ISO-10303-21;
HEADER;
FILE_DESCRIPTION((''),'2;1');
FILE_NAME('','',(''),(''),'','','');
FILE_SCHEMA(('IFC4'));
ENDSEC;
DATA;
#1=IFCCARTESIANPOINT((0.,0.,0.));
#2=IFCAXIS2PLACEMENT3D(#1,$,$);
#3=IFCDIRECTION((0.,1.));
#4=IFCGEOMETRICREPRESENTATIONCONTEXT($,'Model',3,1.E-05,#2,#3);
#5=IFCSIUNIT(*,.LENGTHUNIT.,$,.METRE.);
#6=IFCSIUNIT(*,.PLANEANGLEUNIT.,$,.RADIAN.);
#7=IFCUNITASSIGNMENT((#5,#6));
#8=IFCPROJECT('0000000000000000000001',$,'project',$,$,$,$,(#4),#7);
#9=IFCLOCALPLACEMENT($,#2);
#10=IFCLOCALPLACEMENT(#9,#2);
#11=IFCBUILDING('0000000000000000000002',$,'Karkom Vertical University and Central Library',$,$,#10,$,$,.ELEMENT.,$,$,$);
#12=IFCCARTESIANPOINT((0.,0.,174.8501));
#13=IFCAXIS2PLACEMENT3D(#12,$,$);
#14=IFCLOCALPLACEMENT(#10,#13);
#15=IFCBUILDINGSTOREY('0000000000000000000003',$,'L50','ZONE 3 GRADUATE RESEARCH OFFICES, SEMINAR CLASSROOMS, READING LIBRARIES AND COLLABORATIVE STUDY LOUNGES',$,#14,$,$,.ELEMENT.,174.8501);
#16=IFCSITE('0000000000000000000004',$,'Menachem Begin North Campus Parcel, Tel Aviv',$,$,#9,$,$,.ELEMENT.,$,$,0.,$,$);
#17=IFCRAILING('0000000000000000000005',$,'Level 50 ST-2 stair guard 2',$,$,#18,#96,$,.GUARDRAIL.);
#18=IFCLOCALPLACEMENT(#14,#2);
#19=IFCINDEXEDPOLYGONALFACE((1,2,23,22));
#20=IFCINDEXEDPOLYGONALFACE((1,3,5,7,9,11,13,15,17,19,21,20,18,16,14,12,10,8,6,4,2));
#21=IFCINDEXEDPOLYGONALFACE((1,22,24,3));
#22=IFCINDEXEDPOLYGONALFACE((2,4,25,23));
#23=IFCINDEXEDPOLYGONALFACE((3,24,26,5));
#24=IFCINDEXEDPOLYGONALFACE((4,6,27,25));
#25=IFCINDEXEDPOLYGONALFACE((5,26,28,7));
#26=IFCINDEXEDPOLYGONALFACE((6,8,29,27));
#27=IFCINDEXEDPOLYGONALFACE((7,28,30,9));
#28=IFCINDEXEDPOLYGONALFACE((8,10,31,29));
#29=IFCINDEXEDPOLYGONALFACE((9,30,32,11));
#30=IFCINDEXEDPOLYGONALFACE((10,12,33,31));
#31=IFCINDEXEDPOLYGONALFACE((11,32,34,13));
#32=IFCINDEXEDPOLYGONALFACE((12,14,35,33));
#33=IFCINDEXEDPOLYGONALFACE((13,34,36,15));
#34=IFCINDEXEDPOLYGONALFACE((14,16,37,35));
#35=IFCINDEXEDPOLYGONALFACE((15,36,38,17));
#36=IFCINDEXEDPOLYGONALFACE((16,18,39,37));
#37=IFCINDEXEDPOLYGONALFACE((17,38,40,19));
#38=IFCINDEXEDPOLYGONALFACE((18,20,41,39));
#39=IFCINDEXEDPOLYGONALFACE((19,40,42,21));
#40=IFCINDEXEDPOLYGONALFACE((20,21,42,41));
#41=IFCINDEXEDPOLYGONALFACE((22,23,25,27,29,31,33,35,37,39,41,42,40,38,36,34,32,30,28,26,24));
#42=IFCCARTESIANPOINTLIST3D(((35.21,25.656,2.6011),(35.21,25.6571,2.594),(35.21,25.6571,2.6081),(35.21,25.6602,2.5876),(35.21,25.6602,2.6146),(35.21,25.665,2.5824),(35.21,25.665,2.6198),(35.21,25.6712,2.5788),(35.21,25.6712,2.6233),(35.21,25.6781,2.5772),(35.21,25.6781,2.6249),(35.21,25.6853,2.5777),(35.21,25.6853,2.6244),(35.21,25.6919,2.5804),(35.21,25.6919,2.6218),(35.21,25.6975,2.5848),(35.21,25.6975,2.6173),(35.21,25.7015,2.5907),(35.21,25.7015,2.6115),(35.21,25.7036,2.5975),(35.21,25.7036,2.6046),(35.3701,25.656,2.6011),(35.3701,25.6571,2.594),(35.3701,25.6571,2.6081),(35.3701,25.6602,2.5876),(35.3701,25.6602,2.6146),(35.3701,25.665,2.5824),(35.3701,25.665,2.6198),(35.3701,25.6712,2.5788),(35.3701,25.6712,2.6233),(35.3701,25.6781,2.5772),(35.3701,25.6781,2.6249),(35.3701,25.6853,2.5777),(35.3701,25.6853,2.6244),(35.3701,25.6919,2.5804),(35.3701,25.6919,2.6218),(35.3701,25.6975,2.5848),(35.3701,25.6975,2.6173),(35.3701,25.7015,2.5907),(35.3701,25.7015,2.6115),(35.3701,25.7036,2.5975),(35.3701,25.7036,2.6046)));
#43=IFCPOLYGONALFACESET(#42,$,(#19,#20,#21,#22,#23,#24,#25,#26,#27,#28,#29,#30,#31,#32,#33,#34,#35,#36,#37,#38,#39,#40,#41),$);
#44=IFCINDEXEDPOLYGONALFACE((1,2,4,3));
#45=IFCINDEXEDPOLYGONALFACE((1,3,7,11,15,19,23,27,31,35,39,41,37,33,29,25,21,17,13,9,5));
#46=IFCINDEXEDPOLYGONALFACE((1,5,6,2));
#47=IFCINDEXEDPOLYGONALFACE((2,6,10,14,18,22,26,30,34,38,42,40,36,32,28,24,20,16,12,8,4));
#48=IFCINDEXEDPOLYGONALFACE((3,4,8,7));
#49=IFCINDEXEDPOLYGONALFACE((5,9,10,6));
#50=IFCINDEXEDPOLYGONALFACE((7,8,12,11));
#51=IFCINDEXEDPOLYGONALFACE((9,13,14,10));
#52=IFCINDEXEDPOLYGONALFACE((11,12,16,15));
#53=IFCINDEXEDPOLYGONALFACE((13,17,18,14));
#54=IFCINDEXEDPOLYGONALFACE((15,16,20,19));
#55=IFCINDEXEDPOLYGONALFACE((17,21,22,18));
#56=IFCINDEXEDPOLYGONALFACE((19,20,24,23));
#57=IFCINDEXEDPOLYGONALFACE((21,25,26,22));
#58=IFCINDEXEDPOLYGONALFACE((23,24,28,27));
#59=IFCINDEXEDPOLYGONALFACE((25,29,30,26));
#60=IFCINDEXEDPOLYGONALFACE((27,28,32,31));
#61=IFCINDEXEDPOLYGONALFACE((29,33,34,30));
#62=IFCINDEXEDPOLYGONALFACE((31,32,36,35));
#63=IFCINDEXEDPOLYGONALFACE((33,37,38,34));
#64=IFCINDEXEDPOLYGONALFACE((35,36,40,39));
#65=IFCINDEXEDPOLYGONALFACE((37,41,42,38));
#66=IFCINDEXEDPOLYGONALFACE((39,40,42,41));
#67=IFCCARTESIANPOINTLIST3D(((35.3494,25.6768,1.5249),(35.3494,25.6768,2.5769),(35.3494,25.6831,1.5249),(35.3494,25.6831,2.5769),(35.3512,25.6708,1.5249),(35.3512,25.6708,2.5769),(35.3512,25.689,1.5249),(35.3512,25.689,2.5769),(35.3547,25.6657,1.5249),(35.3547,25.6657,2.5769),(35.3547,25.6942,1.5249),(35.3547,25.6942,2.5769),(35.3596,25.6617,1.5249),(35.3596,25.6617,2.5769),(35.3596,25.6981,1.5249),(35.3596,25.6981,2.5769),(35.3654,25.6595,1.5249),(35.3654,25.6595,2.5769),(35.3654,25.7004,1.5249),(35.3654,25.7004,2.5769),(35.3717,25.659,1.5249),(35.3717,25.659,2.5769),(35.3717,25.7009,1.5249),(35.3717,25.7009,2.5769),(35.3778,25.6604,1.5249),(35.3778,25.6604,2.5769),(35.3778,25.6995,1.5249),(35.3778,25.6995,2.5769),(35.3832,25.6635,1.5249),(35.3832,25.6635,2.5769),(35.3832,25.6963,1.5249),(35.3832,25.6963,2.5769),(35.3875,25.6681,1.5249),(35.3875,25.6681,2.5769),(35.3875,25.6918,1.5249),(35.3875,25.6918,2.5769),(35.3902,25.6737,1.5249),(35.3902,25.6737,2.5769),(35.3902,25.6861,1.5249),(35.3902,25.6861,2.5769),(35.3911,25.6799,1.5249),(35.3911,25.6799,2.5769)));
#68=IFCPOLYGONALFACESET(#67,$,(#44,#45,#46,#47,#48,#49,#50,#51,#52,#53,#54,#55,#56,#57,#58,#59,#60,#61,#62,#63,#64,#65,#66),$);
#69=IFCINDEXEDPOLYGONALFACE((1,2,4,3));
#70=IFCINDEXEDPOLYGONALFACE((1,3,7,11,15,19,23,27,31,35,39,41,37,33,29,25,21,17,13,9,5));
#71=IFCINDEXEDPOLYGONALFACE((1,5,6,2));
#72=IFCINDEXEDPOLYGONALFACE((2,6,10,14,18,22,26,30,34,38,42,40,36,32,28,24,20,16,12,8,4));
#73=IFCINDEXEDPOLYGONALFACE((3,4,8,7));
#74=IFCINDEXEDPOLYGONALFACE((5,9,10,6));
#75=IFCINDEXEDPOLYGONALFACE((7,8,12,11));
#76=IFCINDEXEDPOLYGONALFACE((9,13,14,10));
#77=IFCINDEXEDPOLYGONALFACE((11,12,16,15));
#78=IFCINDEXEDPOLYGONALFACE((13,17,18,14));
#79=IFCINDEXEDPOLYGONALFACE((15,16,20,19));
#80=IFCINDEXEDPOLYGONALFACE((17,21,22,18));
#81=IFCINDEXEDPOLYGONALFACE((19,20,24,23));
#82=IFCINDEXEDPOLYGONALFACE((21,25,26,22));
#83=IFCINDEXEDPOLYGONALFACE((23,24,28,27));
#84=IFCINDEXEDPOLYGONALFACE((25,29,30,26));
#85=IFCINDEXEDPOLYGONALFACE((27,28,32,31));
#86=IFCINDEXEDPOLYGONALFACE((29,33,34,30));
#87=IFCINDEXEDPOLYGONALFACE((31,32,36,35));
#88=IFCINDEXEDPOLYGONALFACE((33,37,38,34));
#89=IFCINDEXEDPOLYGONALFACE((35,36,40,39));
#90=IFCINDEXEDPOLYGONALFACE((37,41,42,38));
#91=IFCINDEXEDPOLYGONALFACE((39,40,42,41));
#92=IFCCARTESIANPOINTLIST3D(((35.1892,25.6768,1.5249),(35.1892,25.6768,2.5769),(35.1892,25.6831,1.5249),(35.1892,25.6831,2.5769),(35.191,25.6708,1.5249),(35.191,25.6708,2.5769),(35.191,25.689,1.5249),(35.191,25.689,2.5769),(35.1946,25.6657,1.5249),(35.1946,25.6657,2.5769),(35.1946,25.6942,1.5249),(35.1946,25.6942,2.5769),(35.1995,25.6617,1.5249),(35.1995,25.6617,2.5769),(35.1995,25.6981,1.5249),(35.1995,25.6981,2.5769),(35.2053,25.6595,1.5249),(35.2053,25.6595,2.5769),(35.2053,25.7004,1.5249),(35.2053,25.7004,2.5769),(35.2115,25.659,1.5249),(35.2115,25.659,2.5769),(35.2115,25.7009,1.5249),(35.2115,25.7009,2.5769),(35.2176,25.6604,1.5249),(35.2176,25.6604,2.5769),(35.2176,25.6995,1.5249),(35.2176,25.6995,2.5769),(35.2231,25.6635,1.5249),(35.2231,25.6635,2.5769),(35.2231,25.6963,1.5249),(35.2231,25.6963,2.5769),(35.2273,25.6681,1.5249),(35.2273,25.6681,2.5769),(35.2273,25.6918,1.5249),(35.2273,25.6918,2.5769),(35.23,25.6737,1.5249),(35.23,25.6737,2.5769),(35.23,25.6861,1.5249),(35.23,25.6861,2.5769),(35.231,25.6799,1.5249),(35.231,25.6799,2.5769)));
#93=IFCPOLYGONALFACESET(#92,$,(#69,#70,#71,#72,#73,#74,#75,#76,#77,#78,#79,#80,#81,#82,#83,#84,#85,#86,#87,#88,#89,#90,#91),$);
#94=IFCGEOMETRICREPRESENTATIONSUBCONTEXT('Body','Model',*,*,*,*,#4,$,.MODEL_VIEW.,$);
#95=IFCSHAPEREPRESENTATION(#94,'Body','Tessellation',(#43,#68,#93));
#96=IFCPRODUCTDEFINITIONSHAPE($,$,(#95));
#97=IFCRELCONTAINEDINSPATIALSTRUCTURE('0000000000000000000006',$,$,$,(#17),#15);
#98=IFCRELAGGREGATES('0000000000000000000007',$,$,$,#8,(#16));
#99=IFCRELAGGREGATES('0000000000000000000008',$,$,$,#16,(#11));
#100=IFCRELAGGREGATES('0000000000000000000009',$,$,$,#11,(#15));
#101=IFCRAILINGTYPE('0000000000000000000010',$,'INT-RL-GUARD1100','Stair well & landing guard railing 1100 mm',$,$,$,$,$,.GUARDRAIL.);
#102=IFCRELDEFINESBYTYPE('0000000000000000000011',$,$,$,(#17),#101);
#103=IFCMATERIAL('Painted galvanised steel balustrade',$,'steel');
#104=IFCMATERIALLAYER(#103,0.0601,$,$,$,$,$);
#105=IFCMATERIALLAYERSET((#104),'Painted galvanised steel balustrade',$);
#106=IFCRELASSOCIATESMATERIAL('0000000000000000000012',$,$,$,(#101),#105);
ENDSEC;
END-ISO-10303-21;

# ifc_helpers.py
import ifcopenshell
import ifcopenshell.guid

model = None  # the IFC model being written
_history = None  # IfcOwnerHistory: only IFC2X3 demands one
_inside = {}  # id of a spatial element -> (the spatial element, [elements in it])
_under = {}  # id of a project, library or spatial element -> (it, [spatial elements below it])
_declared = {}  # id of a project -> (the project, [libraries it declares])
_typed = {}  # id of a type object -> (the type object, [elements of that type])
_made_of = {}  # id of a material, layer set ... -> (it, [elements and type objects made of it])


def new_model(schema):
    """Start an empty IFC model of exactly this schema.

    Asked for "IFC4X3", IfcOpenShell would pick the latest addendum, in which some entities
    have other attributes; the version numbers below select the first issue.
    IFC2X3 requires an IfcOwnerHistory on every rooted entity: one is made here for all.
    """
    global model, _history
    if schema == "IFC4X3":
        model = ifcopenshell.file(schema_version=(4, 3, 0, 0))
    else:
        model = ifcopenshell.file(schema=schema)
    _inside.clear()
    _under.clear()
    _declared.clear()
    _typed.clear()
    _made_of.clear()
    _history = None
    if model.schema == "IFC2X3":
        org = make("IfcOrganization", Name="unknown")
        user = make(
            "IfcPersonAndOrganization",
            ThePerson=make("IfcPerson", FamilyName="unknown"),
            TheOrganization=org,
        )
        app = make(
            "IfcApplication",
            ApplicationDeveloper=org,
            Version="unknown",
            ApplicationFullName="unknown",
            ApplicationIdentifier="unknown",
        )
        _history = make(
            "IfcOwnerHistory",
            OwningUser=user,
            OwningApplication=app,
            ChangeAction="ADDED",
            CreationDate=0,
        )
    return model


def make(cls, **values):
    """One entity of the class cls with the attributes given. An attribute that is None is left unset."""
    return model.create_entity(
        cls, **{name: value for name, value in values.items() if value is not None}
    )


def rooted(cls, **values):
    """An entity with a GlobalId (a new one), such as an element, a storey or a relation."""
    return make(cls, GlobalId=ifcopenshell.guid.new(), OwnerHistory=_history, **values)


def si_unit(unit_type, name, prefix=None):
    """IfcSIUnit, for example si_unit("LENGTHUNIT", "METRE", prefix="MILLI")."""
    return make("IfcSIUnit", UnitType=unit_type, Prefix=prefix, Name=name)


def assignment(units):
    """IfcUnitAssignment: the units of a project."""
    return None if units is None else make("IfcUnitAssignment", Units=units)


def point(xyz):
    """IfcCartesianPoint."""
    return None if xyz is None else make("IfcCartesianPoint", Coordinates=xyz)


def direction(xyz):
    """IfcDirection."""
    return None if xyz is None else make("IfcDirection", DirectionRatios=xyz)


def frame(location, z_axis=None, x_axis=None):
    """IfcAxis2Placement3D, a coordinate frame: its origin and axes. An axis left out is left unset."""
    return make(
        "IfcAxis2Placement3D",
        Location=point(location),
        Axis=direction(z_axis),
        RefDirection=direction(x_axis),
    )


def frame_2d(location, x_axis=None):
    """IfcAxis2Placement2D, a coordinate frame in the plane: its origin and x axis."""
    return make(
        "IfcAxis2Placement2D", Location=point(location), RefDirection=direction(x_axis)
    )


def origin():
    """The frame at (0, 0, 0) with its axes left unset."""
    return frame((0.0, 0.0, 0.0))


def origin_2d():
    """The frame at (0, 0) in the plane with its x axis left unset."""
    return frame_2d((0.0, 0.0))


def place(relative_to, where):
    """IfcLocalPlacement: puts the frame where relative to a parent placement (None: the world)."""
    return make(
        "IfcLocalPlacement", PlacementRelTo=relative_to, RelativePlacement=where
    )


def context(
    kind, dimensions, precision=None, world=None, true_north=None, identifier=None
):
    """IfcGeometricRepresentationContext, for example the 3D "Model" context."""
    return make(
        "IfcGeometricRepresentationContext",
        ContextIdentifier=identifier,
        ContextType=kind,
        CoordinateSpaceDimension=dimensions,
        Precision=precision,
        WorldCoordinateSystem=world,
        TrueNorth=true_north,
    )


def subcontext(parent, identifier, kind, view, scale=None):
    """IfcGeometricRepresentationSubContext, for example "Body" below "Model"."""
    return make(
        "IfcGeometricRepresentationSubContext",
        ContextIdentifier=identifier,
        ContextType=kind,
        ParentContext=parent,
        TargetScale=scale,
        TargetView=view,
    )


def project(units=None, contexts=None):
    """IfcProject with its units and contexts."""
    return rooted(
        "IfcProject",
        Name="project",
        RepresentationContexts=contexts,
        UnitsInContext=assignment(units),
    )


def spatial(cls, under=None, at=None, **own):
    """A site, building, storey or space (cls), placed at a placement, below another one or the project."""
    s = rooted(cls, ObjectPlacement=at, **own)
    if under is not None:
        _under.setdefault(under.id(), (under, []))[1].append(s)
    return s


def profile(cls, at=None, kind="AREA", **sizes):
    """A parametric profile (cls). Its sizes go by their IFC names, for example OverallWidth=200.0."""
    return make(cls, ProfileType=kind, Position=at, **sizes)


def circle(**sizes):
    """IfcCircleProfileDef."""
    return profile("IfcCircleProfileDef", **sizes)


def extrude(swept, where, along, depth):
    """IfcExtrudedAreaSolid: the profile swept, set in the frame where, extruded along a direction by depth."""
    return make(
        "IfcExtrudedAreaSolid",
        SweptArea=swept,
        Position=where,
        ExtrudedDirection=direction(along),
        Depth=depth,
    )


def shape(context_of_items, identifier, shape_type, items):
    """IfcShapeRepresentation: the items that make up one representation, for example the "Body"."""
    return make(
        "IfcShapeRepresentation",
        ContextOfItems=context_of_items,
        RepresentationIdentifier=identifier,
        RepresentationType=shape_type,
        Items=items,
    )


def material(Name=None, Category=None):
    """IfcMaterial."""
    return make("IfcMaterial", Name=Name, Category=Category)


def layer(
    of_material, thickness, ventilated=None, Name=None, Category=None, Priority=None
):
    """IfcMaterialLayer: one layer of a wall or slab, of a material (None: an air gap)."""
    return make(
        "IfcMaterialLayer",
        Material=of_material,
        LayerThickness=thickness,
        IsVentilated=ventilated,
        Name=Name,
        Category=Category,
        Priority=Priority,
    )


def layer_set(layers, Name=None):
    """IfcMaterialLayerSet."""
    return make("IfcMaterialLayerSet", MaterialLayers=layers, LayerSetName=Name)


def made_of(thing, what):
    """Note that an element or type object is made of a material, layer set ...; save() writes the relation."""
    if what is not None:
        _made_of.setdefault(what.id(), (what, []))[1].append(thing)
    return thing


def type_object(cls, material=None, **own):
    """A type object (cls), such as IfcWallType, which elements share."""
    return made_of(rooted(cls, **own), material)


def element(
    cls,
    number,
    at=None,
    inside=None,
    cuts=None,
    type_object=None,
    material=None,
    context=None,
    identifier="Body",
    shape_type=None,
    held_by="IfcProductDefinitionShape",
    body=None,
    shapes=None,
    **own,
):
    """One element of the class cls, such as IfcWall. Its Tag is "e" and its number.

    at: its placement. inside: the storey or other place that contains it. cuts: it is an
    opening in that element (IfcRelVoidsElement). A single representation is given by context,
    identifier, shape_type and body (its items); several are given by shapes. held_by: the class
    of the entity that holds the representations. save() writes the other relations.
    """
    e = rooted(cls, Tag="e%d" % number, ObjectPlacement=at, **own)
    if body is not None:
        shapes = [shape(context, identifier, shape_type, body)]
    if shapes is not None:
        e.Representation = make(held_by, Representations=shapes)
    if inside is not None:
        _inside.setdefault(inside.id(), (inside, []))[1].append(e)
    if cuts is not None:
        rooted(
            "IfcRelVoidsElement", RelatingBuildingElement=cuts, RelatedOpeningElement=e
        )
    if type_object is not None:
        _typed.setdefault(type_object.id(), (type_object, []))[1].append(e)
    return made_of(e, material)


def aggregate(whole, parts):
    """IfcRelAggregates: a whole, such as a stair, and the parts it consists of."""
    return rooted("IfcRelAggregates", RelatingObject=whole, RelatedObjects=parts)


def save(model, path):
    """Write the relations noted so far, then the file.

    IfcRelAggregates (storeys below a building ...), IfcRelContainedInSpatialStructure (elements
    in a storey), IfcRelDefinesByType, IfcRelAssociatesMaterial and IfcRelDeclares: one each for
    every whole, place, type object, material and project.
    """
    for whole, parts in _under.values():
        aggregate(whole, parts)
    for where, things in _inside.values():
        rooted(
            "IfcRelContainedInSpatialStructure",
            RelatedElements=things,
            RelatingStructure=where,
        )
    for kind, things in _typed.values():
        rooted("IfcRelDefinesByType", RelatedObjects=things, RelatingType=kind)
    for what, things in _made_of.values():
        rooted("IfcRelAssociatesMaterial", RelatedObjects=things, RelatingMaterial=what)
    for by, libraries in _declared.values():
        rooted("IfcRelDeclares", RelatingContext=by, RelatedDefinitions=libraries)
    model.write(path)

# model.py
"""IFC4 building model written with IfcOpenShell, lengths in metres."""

from ifc_helpers import new_model, si_unit, direction, frame, origin, origin_2d, place, context, subcontext, project, spatial, circle, extrude, material, layer, layer_set, type_object, element, save


model = new_model("IFC4")

# Units and contexts
model_context = context("Model", 3, precision=1e-05, world=origin(), true_north=direction((0.0, 1.0)))
body_context = subcontext(model_context, "Body", "Model", "MODEL_VIEW")
ifc_project = project(units=[si_unit("LENGTHUNIT", "METRE"), si_unit("PLANEANGLEUNIT", "RADIAN")], contexts=[model_context])

# Site, building, storey
site_placement = place(None, origin())
site = spatial("IfcSite", under=ifc_project, at=site_placement, Name="Menachem Begin North Campus Parcel, Tel Aviv", CompositionType="ELEMENT", RefElevation=0.0)
building_placement = place(site_placement, origin())
building = spatial("IfcBuilding", under=site, at=building_placement, Name="Karkom Vertical University and Central Library", CompositionType="ELEMENT")
storey_placement = place(building_placement, frame((0.0, 0.0, 174.8501)))
storey = spatial("IfcBuildingStorey", under=building, at=storey_placement, Name="L50", Description="ZONE 3 GRADUATE RESEARCH OFFICES, SEMINAR CLASSROOMS, READING LIBRARIES AND COLLABORATIVE STUDY LOUNGES", CompositionType="ELEMENT", Elevation=174.8501)

# Railing
ifc_material_1 = material(Name="Painted galvanised steel balustrade", Category="steel")
ifc_layer_1 = layer(ifc_material_1, 0.0601)
ifc_layer_set_1 = layer_set([ifc_layer_1], Name="Painted galvanised steel balustrade")
railing_type_1 = type_object("IfcRailingType", Name="INT-RL-GUARD1100", Description="Stair well & landing guard railing 1100 mm", PredefinedType="GUARDRAIL", material=ifc_layer_set_1)
railing_1_placement = place(storey_placement, frame((35.3701, 25.6799, 1.5249)))
element("IfcRailing", 1, at=railing_1_placement, inside=storey, type_object=railing_type_1, Name="Level 50 ST-2 stair guard 2", PredefinedType="GUARDRAIL", context=body_context, shape_type="SweptSolid", body=[
    extrude(circle(Radius=0.0239, at=origin_2d()), frame((0.0, 0.0, 1.0762), z_axis=(-1.0, 0.0, 0.0), x_axis=(0.0, -1.0, 0.0)), (0.0, 0.0, 1.0), 0.1602),
    extrude(circle(Radius=0.021, at=origin_2d()), origin(), (0.0, 0.0, 1.0), 1.052),
    extrude(circle(Radius=0.021, at=origin_2d()), frame((-0.1602, 0.0, 0.0)), (0.0, 0.0, 1.0), 1.052),
])

save(model, "model.ifc")
